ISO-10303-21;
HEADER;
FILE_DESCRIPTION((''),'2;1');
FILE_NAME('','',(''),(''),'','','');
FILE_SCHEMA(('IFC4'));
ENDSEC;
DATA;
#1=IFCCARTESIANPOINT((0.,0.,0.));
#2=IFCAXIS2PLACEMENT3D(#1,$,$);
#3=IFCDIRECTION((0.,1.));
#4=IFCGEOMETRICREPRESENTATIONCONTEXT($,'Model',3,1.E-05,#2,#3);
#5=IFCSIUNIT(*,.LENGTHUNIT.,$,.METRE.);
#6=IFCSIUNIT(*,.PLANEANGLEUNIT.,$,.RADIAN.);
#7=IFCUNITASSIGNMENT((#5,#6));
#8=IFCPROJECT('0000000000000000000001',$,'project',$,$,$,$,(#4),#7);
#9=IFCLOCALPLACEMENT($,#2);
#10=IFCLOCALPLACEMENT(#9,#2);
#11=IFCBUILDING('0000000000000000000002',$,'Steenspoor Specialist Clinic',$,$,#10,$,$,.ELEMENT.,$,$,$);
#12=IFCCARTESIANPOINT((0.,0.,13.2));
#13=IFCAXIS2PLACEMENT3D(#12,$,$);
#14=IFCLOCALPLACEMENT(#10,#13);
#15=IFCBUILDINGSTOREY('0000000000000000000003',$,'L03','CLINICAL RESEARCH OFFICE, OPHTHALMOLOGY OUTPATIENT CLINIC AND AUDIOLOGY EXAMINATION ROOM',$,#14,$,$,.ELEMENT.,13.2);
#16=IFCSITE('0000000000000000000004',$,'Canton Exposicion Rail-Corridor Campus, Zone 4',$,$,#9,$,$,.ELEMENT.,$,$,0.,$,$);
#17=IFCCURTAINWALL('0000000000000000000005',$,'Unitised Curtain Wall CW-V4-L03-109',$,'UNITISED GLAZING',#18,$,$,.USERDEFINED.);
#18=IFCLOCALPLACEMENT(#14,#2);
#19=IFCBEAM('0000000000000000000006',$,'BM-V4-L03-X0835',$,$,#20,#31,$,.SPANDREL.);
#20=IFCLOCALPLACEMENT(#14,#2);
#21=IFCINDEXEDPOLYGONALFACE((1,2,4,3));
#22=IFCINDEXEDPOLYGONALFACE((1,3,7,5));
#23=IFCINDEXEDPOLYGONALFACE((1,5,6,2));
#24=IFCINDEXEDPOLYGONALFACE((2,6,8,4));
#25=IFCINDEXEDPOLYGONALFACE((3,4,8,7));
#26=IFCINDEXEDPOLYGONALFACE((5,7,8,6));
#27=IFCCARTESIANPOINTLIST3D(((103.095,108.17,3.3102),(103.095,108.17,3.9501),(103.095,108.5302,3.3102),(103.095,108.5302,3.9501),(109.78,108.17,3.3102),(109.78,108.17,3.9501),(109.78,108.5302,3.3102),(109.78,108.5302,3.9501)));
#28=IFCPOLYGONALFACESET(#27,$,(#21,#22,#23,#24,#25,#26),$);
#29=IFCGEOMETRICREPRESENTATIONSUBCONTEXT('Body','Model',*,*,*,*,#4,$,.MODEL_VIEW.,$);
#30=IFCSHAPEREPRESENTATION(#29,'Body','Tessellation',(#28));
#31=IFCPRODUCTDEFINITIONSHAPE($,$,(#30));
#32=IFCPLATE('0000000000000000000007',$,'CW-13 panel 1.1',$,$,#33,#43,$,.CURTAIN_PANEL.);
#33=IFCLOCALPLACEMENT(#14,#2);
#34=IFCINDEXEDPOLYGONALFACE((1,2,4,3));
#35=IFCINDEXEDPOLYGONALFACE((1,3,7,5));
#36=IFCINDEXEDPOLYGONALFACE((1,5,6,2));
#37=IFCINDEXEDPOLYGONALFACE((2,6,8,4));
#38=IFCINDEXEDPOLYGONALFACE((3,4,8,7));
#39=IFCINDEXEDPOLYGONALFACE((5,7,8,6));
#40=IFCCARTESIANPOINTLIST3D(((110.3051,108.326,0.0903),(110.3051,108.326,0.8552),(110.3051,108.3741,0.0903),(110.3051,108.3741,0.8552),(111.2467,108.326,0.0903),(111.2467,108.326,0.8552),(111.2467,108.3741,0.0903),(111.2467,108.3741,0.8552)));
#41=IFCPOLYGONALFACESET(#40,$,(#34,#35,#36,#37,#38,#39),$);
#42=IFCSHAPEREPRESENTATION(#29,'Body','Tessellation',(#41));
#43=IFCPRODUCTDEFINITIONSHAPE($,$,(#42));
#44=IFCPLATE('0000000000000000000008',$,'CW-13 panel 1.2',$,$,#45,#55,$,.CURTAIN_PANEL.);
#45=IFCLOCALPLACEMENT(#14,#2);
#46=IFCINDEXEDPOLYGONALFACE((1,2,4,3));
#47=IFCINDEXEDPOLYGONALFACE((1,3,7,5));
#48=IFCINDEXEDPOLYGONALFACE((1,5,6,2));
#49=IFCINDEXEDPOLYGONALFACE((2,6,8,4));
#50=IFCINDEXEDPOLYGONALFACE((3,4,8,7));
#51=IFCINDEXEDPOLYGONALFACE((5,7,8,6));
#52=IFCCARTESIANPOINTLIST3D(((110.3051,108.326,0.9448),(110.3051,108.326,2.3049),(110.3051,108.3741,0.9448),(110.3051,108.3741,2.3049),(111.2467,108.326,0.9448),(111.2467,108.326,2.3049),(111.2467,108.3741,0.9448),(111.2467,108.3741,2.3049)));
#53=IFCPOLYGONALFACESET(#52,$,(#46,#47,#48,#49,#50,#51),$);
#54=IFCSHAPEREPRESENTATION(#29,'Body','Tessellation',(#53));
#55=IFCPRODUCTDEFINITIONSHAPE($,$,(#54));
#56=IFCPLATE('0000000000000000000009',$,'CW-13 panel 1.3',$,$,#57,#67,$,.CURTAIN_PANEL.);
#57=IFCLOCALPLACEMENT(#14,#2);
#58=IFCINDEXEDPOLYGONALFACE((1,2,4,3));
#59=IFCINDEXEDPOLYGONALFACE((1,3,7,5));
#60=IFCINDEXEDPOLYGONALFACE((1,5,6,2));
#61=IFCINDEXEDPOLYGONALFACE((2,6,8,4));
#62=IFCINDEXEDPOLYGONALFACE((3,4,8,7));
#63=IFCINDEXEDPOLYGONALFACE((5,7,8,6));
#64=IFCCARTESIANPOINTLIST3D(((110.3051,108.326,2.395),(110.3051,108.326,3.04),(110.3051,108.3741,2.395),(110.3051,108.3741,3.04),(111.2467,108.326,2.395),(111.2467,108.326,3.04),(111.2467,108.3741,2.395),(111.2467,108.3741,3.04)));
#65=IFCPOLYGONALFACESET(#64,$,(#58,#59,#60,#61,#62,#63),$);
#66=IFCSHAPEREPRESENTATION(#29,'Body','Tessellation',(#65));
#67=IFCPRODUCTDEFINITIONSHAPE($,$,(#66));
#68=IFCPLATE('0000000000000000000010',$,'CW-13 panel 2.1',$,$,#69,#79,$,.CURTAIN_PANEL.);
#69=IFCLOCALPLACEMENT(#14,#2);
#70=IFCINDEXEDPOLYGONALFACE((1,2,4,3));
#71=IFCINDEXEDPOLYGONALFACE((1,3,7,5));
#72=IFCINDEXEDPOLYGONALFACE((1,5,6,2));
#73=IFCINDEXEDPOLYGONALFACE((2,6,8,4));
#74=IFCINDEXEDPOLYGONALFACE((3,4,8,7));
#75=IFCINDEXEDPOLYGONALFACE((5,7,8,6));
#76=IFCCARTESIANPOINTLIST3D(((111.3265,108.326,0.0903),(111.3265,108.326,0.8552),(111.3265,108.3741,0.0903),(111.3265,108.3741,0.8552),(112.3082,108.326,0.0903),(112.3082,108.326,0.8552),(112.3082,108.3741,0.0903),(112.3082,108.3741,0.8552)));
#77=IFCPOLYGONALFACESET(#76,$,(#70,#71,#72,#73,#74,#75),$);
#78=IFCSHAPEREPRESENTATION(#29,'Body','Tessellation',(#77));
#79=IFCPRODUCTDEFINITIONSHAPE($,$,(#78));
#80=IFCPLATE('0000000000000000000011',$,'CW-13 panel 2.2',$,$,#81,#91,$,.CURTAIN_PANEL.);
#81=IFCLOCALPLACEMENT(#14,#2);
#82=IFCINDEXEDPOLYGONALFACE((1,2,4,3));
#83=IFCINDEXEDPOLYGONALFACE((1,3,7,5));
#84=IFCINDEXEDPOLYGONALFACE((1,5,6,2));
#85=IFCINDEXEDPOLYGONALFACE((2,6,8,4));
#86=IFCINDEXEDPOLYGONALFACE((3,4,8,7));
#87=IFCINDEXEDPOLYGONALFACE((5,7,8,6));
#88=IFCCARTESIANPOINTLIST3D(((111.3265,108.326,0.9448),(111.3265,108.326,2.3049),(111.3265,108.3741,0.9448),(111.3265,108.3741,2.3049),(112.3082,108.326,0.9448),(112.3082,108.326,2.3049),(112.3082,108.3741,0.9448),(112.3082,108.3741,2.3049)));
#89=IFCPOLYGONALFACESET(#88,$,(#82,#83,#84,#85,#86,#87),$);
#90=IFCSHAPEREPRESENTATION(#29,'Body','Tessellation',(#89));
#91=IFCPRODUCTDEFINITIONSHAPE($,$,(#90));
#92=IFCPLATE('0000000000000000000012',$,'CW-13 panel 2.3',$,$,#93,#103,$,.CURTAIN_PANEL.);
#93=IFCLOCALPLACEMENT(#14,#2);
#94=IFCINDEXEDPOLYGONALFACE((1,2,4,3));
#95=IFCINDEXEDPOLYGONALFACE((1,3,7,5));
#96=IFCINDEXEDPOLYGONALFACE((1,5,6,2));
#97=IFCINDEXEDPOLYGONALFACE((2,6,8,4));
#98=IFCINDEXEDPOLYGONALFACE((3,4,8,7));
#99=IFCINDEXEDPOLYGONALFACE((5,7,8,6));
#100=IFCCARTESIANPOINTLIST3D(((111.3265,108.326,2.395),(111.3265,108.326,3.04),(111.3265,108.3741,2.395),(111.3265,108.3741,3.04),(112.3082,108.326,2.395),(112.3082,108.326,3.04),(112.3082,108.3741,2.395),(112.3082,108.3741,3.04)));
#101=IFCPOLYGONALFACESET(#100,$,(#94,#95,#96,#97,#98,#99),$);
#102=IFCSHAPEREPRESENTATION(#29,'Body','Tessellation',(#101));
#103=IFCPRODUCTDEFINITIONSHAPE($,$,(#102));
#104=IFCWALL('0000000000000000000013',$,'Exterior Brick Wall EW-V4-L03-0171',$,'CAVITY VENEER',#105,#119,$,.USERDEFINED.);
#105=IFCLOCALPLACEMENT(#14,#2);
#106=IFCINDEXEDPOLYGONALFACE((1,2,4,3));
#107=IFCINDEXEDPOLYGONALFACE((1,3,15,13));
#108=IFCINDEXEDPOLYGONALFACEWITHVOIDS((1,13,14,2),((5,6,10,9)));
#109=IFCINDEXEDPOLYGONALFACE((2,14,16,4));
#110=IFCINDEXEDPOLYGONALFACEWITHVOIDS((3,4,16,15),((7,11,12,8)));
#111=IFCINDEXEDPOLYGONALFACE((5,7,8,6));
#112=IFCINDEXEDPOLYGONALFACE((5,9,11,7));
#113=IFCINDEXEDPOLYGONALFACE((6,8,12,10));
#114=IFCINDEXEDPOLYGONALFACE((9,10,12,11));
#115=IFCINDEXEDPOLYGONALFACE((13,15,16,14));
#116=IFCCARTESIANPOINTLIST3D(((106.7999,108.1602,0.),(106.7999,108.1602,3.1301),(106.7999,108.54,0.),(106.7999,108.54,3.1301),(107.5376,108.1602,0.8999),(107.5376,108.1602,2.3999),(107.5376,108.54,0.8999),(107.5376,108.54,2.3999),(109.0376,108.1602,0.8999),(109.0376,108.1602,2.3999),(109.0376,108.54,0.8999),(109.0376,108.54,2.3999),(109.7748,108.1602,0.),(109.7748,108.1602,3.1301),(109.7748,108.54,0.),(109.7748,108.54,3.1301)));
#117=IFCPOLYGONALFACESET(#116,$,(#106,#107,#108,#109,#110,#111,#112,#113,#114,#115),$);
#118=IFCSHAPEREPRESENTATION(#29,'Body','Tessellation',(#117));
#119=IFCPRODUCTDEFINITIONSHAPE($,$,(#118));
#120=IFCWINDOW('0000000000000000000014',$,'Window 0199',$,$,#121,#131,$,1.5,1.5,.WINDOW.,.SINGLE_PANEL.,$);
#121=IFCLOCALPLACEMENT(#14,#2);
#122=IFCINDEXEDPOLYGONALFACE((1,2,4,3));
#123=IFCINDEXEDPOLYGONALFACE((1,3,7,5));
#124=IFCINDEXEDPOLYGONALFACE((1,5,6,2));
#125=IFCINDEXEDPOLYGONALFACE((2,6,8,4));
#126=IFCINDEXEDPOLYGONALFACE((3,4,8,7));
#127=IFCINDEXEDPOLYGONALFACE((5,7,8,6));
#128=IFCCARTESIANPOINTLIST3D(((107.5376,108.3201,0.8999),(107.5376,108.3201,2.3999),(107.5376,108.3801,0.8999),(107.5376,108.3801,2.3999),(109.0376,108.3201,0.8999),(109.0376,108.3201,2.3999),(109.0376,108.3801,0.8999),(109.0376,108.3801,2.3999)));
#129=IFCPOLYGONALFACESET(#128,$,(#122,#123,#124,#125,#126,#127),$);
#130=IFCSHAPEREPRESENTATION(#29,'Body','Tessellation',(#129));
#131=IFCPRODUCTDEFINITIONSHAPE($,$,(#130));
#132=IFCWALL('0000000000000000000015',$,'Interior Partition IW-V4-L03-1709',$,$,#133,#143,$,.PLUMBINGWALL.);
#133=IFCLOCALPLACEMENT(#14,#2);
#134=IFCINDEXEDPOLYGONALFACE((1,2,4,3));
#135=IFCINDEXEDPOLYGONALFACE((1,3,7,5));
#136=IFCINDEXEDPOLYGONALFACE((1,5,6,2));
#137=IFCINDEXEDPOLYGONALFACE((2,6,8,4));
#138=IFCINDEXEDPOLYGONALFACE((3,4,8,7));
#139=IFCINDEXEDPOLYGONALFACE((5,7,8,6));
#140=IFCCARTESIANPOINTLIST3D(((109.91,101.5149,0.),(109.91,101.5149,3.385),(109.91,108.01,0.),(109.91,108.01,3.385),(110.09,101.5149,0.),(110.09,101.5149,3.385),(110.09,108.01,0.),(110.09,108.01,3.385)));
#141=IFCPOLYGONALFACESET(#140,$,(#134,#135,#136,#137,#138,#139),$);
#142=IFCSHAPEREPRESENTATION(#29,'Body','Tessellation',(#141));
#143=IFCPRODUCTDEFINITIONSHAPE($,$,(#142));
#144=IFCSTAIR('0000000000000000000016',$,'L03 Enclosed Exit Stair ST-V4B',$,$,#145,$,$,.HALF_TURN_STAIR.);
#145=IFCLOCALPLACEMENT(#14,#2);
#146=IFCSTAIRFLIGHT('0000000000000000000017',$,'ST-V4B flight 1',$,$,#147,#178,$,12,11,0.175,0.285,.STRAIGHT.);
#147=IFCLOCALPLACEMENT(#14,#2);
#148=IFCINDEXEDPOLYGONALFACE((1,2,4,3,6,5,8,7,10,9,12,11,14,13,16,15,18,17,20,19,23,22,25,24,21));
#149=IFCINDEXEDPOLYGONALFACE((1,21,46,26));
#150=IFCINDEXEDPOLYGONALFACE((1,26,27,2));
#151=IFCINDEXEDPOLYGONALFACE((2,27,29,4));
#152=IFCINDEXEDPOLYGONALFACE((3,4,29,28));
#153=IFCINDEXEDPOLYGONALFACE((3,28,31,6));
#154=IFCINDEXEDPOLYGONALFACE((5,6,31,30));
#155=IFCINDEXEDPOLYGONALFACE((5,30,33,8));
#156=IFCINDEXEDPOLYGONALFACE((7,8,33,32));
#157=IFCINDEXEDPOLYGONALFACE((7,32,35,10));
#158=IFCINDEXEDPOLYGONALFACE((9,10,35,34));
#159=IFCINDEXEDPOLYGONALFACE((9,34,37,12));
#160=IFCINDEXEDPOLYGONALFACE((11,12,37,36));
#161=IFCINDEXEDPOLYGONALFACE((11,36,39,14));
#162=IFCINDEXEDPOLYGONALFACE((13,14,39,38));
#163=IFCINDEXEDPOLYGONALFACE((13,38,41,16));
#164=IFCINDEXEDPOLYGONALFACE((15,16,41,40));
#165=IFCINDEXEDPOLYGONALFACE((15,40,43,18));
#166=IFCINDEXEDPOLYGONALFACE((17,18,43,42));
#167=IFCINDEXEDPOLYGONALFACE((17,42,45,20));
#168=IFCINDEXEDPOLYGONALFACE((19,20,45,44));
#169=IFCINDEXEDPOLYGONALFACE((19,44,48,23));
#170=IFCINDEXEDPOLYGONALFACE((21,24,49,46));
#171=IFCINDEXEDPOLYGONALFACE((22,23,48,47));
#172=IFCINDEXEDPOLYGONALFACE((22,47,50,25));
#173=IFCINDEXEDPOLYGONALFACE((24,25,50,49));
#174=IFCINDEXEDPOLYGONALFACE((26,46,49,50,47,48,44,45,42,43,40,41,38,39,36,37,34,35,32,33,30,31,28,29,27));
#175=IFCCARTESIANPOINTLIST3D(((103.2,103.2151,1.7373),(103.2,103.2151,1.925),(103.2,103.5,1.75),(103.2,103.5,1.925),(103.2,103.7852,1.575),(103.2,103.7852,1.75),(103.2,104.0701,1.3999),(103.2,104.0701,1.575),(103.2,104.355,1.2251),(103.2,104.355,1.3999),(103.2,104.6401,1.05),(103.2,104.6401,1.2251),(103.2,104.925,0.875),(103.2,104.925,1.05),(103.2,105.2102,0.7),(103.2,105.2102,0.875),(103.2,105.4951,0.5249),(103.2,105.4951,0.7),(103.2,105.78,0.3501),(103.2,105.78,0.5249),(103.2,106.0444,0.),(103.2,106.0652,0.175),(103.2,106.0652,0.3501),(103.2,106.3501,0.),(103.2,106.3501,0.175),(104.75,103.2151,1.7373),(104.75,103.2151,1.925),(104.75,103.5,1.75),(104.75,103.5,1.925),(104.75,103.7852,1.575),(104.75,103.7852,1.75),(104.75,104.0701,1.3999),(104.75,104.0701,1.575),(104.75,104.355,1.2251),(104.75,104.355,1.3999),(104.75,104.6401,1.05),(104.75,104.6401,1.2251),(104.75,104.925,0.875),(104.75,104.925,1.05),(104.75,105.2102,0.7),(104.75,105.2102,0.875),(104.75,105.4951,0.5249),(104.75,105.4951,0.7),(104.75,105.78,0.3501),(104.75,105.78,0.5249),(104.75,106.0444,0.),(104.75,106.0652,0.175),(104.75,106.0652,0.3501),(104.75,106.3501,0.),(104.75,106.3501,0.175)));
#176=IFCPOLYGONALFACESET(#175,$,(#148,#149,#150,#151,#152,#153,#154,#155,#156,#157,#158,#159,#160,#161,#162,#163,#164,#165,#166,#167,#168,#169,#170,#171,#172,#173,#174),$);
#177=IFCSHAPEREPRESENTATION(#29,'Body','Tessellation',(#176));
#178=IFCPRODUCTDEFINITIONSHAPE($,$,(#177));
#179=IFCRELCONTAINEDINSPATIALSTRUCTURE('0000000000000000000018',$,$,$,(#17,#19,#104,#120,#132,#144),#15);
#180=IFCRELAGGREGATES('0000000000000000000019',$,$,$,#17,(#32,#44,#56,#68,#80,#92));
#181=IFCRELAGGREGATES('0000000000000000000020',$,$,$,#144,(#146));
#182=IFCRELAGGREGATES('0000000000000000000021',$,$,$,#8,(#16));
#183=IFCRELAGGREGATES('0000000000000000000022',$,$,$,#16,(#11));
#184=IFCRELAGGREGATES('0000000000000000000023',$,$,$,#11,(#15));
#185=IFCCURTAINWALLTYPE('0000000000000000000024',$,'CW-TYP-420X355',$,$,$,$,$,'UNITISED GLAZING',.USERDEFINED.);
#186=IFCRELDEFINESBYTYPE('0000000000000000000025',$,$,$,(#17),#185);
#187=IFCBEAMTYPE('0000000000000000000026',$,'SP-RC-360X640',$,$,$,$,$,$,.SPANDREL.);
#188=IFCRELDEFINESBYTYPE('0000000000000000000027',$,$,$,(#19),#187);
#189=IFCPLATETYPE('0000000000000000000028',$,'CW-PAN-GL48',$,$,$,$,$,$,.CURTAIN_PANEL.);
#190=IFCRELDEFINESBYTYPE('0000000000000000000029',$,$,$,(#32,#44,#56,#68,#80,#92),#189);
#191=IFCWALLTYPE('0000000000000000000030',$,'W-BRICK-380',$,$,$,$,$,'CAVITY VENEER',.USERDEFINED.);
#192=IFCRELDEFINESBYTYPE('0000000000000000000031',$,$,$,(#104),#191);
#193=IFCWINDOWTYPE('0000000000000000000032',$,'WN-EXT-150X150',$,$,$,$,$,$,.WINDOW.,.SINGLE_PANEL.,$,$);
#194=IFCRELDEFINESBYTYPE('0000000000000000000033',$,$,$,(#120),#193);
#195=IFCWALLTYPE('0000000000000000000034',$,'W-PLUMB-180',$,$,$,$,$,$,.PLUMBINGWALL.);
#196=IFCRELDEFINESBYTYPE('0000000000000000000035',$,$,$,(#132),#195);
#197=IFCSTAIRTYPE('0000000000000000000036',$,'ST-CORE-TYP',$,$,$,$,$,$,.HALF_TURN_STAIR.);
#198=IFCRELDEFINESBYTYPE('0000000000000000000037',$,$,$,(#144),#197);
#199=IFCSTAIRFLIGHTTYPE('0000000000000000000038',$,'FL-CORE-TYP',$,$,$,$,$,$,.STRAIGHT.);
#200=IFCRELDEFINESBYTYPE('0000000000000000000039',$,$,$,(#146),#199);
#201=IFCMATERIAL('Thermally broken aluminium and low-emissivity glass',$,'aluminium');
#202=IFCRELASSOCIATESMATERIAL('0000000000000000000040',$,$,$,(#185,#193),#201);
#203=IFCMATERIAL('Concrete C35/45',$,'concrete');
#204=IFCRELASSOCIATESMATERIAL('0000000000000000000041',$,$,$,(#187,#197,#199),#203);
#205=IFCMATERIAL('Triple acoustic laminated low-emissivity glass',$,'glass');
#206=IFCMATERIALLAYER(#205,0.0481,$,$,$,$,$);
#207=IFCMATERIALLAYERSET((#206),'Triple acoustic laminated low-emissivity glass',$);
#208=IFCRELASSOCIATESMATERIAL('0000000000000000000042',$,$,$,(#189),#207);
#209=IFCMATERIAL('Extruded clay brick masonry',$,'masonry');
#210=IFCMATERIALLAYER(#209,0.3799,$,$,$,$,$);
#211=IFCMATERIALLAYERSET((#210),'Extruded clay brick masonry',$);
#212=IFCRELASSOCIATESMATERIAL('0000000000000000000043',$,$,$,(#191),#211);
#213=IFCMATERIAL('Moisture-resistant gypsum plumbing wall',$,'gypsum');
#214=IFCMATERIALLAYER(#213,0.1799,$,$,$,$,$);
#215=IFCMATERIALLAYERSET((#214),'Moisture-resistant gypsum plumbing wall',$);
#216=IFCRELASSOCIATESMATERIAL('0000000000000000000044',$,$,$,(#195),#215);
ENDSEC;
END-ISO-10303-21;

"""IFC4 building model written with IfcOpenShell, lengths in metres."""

from ifc_helpers import new_model, si_unit, direction, frame, frame_2d, origin, origin_2d, place, context, subcontext, project, spatial, polyline, rectangle, outline, extrude, material, layer, layer_set, material_profile, profile_set, type_object, element, fill, aggregate, save


model = new_model("IFC4")

# Units and contexts
model_context = context("Model", 3, precision=1e-05, world=origin(), true_north=direction((0.0, 1.0)))
body_context = subcontext(model_context, "Body", "Model", "MODEL_VIEW")
ifc_project = project(units=[si_unit("LENGTHUNIT", "METRE"), si_unit("PLANEANGLEUNIT", "RADIAN")], contexts=[model_context])

# Site, building, storey
site_placement = place(None, origin())
site = spatial("IfcSite", under=ifc_project, at=site_placement, Name="Canton Exposicion Rail-Corridor Campus, Zone 4", CompositionType="ELEMENT", RefElevation=0.0)
building_placement = place(site_placement, origin())
building = spatial("IfcBuilding", under=site, at=building_placement, Name="Steenspoor Specialist Clinic", CompositionType="ELEMENT")
storey_placement = place(building_placement, frame((0.0, 0.0, 13.2)))
storey = spatial("IfcBuildingStorey", under=building, at=storey_placement, Name="L03", Description="CLINICAL RESEARCH OFFICE, OPHTHALMOLOGY OUTPATIENT CLINIC AND AUDIOLOGY EXAMINATION ROOM", CompositionType="ELEMENT", Elevation=13.2)

# Shared definitions
ifc_material_1 = material(Name="Concrete C35/45", Category="concrete")

# Curtain wall
ifc_material_2 = material(Name="Thermally broken aluminium and low-emissivity glass", Category="aluminium")
curtain_wall_type = type_object("IfcCurtainWallType", Name="CW-TYP-420X355", ElementType="UNITISED GLAZING", PredefinedType="USERDEFINED", material=ifc_material_2)
curtain_wall_placement = place(storey_placement, origin())
curtain_wall = element("IfcCurtainWall", 1, at=curtain_wall_placement, inside=storey, type_object=curtain_wall_type, Name="Unitised Curtain Wall CW-V4-L03-109", ObjectType="UNITISED GLAZING", PredefinedType="USERDEFINED")

# Beam
ifc_material_profile_1 = material_profile(ifc_material_1, rectangle(XDim=0.3601, YDim=0.6399, at=origin_2d()), Name="RC-SP-360X640")
ifc_profile_set_1 = profile_set([ifc_material_profile_1], Name="Concrete C35/45")
beam_type_1 = type_object("IfcBeamType", Name="SP-RC-360X640", PredefinedType="SPANDREL", material=ifc_profile_set_1)
beam_1_placement = place(storey_placement, frame((103.095, 108.3501, 3.6301), z_axis=(1.0, 0.0, 0.0), x_axis=(0.0, 1.0, 0.0)))
element("IfcBeam", 2, at=beam_1_placement, inside=storey, type_object=beam_type_1, Name="BM-V4-L03-X0835", PredefinedType="SPANDREL", context=body_context, shape_type="SweptSolid", body=[
    extrude(rectangle(XDim=0.3601, YDim=0.6399, at=origin_2d()), origin(), (0.0, 0.0, 1.0), 6.6851),
])

# Plates
ifc_material_3 = material(Name="Triple acoustic laminated low-emissivity glass", Category="glass")
ifc_layer_1 = layer(ifc_material_3, 0.0481)
ifc_layer_set_1 = layer_set([ifc_layer_1], Name="Triple acoustic laminated low-emissivity glass")
plate_type = type_object("IfcPlateType", Name="CW-PAN-GL48", PredefinedType="CURTAIN_PANEL", material=ifc_layer_set_1)
plate_1_placement = place(storey_placement, frame((110.7759, 108.3501, 0.0903), z_axis=(0.0, 0.0, 1.0), x_axis=(1.0, 0.0, 0.0)))
plate_1 = element("IfcPlate", 3, at=plate_1_placement, type_object=plate_type, Name="CW-13 panel 1.1", PredefinedType="CURTAIN_PANEL", context=body_context, shape_type="SweptSolid", body=[
    extrude(rectangle(XDim=0.9417, YDim=0.0481, at=origin_2d()), origin(), (0.0, 0.0, 1.0), 0.7649),
])
plate_2_placement = place(storey_placement, frame((110.7759, 108.3501, 0.9448), z_axis=(0.0, 0.0, 1.0), x_axis=(1.0, 0.0, 0.0)))
plate_2 = element("IfcPlate", 4, at=plate_2_placement, type_object=plate_type, Name="CW-13 panel 1.2", PredefinedType="CURTAIN_PANEL", context=body_context, shape_type="SweptSolid", body=[
    extrude(rectangle(XDim=0.9417, YDim=0.0481, at=origin_2d()), origin(), (0.0, 0.0, 1.0), 1.3601),
])
plate_3_placement = place(storey_placement, frame((110.7759, 108.3501, 2.395), z_axis=(0.0, 0.0, 1.0), x_axis=(1.0, 0.0, 0.0)))
plate_3 = element("IfcPlate", 5, at=plate_3_placement, type_object=plate_type, Name="CW-13 panel 1.3", PredefinedType="CURTAIN_PANEL", context=body_context, shape_type="SweptSolid", body=[
    extrude(rectangle(XDim=0.9417, YDim=0.0481, at=origin_2d()), origin(), (0.0, 0.0, 1.0), 0.645),
])
plate_4_placement = place(storey_placement, frame((111.8174, 108.3501, 0.0903), z_axis=(0.0, 0.0, 1.0), x_axis=(1.0, 0.0, 0.0)))
plate_4 = element("IfcPlate", 6, at=plate_4_placement, type_object=plate_type, Name="CW-13 panel 2.1", PredefinedType="CURTAIN_PANEL", context=body_context, shape_type="SweptSolid", body=[
    extrude(rectangle(XDim=0.9817, YDim=0.0481, at=origin_2d()), origin(), (0.0, 0.0, 1.0), 0.7649),
])
plate_5_placement = place(storey_placement, frame((111.8174, 108.3501, 0.9448), z_axis=(0.0, 0.0, 1.0), x_axis=(1.0, 0.0, 0.0)))
plate_5 = element("IfcPlate", 7, at=plate_5_placement, type_object=plate_type, Name="CW-13 panel 2.2", PredefinedType="CURTAIN_PANEL", context=body_context, shape_type="SweptSolid", body=[
    extrude(rectangle(XDim=0.9817, YDim=0.0481, at=origin_2d()), origin(), (0.0, 0.0, 1.0), 1.3601),
])
plate_6_placement = place(storey_placement, frame((111.8174, 108.3501, 2.395), z_axis=(0.0, 0.0, 1.0), x_axis=(1.0, 0.0, 0.0)))
plate_6 = element("IfcPlate", 8, at=plate_6_placement, type_object=plate_type, Name="CW-13 panel 2.3", PredefinedType="CURTAIN_PANEL", context=body_context, shape_type="SweptSolid", body=[
    extrude(rectangle(XDim=0.9817, YDim=0.0481, at=origin_2d()), origin(), (0.0, 0.0, 1.0), 0.645),
])
aggregate(curtain_wall, [plate_1, plate_2, plate_3, plate_4, plate_5, plate_6])

# Wall, opening, window
ifc_material_4 = material(Name="Extruded clay brick masonry", Category="masonry")
ifc_layer_2 = layer(ifc_material_4, 0.3799)
ifc_layer_set_2 = layer_set([ifc_layer_2], Name="Extruded clay brick masonry")
wall_type_1 = type_object("IfcWallType", Name="W-BRICK-380", ElementType="CAVITY VENEER", PredefinedType="USERDEFINED", material=ifc_layer_set_2)
wall_1_placement = place(storey_placement, frame((106.8, 108.3501, 0.0), z_axis=(0.0, 0.0, 1.0), x_axis=(1.0, 0.0, 0.0)))
wall_1 = element("IfcWall", 9, at=wall_1_placement, inside=storey, type_object=wall_type_1, Name="Exterior Brick Wall EW-V4-L03-0171", ObjectType="CAVITY VENEER", PredefinedType="USERDEFINED", context=body_context, shape_type="SweptSolid", body=[
    extrude(rectangle(XDim=2.9749, YDim=0.3799, at=frame_2d((1.4873, 0.0))), origin(), (0.0, 0.0, 1.0), 3.1301),
])
opening_placement = place(wall_1_placement, frame((0.7375, 0.0, 0.8999)))
opening = element("IfcOpeningElement", 10, at=opening_placement, cuts=wall_1, PredefinedType="OPENING", context=body_context, shape_type="SweptSolid", body=[
    extrude(rectangle(XDim=1.5, YDim=1.5, at=frame_2d((0.75, 0.75))), frame((0.0, 0.2, 0.0), z_axis=(0.0, -1.0, 0.0), x_axis=(1.0, 0.0, 0.0)), (0.0, 0.0, 1.0), 0.3999),
])
window_type = type_object("IfcWindowType", Name="WN-EXT-150X150", PartitioningType="SINGLE_PANEL", PredefinedType="WINDOW", material=ifc_material_2)
window_placement = place(opening_placement, origin())
window = element("IfcWindow", 11, at=window_placement, inside=storey, type_object=window_type, Name="Window 0199", OverallHeight=1.5, OverallWidth=1.5, PartitioningType="SINGLE_PANEL", PredefinedType="WINDOW", context=body_context, shape_type="SweptSolid", body=[
    extrude(rectangle(XDim=1.5, YDim=1.5, at=frame_2d((0.75, 0.75))), frame((0.0, 0.03, 0.0), z_axis=(0.0, -1.0, 0.0), x_axis=(1.0, 0.0, 0.0)), (0.0, 0.0, 1.0), 0.0601),
])
fill(opening, window)

# Wall
ifc_material_5 = material(Name="Moisture-resistant gypsum plumbing wall", Category="gypsum")
ifc_layer_3 = layer(ifc_material_5, 0.1799)
ifc_layer_set_3 = layer_set([ifc_layer_3], Name="Moisture-resistant gypsum plumbing wall")
wall_type_2 = type_object("IfcWallType", Name="W-PLUMB-180", PredefinedType="PLUMBINGWALL", material=ifc_layer_set_3)
wall_2_placement = place(storey_placement, frame((110.0, 101.5149, 0.0), z_axis=(0.0, 0.0, 1.0), x_axis=(0.0, 1.0, 0.0)))
element("IfcWall", 12, at=wall_2_placement, inside=storey, type_object=wall_type_2, Name="Interior Partition IW-V4-L03-1709", PredefinedType="PLUMBINGWALL", context=body_context, shape_type="SweptSolid", body=[
    extrude(rectangle(XDim=6.4951, YDim=0.1799, at=frame_2d((3.2476, 0.0))), origin(), (0.0, 0.0, 1.0), 3.385),
])

# Stair, stair flight
stair_type = type_object("IfcStairType", Name="ST-CORE-TYP", PredefinedType="HALF_TURN_STAIR", material=ifc_material_1)
stair_placement = place(storey_placement, origin())
stair = element("IfcStair", 13, at=stair_placement, inside=storey, type_object=stair_type, Name="L03 Enclosed Exit Stair ST-V4B", PredefinedType="HALF_TURN_STAIR")
stair_flight_type = type_object("IfcStairFlightType", Name="FL-CORE-TYP", PredefinedType="STRAIGHT", material=ifc_material_1)
stair_flight_1_placement = place(storey_placement, frame((103.9751, 106.3501, 0.0), z_axis=(0.0, 0.0, 1.0), x_axis=(0.0, -1.0, 0.0)))
stair_flight_1 = element("IfcStairFlight", 14, at=stair_flight_1_placement, type_object=stair_flight_type, Name="ST-V4B flight 1", NumberOfRisers=12, NumberOfTreads=11, PredefinedType="STRAIGHT", RiserHeight=0.175, TreadLength=0.285, context=body_context, shape_type="SweptSolid", body=[
    extrude(outline(polyline([(0.0, 0.0), (0.0, 0.175), (0.2849, 0.175), (0.2849, 0.3501), (0.5701, 0.3501), (0.5701, 0.5249), (0.855, 0.5249), (0.855, 0.7), (1.1399, 0.7), (1.1399, 0.875), (1.425, 0.875), (1.425, 1.05), (1.71, 1.05), (1.71, 1.2251), (1.9951, 1.2251), (1.9951, 1.3999), (2.28, 1.3999), (2.28, 1.575), (2.5649, 1.575), (2.5649, 1.75), (2.8501, 1.75), (2.8501, 1.925), (3.135, 1.925), (3.135, 2.1001), (3.135, 1.7373), (0.3057, 0.0), (0.0, 0.0)])), frame((0.0, 0.7749, 0.0), z_axis=(0.0, -1.0, 0.0), x_axis=(1.0, 0.0, 0.0)), (0.0, 0.0, 1.0), 1.55),
])
aggregate(stair, [stair_flight_1])

save(model, "model.ifc")
